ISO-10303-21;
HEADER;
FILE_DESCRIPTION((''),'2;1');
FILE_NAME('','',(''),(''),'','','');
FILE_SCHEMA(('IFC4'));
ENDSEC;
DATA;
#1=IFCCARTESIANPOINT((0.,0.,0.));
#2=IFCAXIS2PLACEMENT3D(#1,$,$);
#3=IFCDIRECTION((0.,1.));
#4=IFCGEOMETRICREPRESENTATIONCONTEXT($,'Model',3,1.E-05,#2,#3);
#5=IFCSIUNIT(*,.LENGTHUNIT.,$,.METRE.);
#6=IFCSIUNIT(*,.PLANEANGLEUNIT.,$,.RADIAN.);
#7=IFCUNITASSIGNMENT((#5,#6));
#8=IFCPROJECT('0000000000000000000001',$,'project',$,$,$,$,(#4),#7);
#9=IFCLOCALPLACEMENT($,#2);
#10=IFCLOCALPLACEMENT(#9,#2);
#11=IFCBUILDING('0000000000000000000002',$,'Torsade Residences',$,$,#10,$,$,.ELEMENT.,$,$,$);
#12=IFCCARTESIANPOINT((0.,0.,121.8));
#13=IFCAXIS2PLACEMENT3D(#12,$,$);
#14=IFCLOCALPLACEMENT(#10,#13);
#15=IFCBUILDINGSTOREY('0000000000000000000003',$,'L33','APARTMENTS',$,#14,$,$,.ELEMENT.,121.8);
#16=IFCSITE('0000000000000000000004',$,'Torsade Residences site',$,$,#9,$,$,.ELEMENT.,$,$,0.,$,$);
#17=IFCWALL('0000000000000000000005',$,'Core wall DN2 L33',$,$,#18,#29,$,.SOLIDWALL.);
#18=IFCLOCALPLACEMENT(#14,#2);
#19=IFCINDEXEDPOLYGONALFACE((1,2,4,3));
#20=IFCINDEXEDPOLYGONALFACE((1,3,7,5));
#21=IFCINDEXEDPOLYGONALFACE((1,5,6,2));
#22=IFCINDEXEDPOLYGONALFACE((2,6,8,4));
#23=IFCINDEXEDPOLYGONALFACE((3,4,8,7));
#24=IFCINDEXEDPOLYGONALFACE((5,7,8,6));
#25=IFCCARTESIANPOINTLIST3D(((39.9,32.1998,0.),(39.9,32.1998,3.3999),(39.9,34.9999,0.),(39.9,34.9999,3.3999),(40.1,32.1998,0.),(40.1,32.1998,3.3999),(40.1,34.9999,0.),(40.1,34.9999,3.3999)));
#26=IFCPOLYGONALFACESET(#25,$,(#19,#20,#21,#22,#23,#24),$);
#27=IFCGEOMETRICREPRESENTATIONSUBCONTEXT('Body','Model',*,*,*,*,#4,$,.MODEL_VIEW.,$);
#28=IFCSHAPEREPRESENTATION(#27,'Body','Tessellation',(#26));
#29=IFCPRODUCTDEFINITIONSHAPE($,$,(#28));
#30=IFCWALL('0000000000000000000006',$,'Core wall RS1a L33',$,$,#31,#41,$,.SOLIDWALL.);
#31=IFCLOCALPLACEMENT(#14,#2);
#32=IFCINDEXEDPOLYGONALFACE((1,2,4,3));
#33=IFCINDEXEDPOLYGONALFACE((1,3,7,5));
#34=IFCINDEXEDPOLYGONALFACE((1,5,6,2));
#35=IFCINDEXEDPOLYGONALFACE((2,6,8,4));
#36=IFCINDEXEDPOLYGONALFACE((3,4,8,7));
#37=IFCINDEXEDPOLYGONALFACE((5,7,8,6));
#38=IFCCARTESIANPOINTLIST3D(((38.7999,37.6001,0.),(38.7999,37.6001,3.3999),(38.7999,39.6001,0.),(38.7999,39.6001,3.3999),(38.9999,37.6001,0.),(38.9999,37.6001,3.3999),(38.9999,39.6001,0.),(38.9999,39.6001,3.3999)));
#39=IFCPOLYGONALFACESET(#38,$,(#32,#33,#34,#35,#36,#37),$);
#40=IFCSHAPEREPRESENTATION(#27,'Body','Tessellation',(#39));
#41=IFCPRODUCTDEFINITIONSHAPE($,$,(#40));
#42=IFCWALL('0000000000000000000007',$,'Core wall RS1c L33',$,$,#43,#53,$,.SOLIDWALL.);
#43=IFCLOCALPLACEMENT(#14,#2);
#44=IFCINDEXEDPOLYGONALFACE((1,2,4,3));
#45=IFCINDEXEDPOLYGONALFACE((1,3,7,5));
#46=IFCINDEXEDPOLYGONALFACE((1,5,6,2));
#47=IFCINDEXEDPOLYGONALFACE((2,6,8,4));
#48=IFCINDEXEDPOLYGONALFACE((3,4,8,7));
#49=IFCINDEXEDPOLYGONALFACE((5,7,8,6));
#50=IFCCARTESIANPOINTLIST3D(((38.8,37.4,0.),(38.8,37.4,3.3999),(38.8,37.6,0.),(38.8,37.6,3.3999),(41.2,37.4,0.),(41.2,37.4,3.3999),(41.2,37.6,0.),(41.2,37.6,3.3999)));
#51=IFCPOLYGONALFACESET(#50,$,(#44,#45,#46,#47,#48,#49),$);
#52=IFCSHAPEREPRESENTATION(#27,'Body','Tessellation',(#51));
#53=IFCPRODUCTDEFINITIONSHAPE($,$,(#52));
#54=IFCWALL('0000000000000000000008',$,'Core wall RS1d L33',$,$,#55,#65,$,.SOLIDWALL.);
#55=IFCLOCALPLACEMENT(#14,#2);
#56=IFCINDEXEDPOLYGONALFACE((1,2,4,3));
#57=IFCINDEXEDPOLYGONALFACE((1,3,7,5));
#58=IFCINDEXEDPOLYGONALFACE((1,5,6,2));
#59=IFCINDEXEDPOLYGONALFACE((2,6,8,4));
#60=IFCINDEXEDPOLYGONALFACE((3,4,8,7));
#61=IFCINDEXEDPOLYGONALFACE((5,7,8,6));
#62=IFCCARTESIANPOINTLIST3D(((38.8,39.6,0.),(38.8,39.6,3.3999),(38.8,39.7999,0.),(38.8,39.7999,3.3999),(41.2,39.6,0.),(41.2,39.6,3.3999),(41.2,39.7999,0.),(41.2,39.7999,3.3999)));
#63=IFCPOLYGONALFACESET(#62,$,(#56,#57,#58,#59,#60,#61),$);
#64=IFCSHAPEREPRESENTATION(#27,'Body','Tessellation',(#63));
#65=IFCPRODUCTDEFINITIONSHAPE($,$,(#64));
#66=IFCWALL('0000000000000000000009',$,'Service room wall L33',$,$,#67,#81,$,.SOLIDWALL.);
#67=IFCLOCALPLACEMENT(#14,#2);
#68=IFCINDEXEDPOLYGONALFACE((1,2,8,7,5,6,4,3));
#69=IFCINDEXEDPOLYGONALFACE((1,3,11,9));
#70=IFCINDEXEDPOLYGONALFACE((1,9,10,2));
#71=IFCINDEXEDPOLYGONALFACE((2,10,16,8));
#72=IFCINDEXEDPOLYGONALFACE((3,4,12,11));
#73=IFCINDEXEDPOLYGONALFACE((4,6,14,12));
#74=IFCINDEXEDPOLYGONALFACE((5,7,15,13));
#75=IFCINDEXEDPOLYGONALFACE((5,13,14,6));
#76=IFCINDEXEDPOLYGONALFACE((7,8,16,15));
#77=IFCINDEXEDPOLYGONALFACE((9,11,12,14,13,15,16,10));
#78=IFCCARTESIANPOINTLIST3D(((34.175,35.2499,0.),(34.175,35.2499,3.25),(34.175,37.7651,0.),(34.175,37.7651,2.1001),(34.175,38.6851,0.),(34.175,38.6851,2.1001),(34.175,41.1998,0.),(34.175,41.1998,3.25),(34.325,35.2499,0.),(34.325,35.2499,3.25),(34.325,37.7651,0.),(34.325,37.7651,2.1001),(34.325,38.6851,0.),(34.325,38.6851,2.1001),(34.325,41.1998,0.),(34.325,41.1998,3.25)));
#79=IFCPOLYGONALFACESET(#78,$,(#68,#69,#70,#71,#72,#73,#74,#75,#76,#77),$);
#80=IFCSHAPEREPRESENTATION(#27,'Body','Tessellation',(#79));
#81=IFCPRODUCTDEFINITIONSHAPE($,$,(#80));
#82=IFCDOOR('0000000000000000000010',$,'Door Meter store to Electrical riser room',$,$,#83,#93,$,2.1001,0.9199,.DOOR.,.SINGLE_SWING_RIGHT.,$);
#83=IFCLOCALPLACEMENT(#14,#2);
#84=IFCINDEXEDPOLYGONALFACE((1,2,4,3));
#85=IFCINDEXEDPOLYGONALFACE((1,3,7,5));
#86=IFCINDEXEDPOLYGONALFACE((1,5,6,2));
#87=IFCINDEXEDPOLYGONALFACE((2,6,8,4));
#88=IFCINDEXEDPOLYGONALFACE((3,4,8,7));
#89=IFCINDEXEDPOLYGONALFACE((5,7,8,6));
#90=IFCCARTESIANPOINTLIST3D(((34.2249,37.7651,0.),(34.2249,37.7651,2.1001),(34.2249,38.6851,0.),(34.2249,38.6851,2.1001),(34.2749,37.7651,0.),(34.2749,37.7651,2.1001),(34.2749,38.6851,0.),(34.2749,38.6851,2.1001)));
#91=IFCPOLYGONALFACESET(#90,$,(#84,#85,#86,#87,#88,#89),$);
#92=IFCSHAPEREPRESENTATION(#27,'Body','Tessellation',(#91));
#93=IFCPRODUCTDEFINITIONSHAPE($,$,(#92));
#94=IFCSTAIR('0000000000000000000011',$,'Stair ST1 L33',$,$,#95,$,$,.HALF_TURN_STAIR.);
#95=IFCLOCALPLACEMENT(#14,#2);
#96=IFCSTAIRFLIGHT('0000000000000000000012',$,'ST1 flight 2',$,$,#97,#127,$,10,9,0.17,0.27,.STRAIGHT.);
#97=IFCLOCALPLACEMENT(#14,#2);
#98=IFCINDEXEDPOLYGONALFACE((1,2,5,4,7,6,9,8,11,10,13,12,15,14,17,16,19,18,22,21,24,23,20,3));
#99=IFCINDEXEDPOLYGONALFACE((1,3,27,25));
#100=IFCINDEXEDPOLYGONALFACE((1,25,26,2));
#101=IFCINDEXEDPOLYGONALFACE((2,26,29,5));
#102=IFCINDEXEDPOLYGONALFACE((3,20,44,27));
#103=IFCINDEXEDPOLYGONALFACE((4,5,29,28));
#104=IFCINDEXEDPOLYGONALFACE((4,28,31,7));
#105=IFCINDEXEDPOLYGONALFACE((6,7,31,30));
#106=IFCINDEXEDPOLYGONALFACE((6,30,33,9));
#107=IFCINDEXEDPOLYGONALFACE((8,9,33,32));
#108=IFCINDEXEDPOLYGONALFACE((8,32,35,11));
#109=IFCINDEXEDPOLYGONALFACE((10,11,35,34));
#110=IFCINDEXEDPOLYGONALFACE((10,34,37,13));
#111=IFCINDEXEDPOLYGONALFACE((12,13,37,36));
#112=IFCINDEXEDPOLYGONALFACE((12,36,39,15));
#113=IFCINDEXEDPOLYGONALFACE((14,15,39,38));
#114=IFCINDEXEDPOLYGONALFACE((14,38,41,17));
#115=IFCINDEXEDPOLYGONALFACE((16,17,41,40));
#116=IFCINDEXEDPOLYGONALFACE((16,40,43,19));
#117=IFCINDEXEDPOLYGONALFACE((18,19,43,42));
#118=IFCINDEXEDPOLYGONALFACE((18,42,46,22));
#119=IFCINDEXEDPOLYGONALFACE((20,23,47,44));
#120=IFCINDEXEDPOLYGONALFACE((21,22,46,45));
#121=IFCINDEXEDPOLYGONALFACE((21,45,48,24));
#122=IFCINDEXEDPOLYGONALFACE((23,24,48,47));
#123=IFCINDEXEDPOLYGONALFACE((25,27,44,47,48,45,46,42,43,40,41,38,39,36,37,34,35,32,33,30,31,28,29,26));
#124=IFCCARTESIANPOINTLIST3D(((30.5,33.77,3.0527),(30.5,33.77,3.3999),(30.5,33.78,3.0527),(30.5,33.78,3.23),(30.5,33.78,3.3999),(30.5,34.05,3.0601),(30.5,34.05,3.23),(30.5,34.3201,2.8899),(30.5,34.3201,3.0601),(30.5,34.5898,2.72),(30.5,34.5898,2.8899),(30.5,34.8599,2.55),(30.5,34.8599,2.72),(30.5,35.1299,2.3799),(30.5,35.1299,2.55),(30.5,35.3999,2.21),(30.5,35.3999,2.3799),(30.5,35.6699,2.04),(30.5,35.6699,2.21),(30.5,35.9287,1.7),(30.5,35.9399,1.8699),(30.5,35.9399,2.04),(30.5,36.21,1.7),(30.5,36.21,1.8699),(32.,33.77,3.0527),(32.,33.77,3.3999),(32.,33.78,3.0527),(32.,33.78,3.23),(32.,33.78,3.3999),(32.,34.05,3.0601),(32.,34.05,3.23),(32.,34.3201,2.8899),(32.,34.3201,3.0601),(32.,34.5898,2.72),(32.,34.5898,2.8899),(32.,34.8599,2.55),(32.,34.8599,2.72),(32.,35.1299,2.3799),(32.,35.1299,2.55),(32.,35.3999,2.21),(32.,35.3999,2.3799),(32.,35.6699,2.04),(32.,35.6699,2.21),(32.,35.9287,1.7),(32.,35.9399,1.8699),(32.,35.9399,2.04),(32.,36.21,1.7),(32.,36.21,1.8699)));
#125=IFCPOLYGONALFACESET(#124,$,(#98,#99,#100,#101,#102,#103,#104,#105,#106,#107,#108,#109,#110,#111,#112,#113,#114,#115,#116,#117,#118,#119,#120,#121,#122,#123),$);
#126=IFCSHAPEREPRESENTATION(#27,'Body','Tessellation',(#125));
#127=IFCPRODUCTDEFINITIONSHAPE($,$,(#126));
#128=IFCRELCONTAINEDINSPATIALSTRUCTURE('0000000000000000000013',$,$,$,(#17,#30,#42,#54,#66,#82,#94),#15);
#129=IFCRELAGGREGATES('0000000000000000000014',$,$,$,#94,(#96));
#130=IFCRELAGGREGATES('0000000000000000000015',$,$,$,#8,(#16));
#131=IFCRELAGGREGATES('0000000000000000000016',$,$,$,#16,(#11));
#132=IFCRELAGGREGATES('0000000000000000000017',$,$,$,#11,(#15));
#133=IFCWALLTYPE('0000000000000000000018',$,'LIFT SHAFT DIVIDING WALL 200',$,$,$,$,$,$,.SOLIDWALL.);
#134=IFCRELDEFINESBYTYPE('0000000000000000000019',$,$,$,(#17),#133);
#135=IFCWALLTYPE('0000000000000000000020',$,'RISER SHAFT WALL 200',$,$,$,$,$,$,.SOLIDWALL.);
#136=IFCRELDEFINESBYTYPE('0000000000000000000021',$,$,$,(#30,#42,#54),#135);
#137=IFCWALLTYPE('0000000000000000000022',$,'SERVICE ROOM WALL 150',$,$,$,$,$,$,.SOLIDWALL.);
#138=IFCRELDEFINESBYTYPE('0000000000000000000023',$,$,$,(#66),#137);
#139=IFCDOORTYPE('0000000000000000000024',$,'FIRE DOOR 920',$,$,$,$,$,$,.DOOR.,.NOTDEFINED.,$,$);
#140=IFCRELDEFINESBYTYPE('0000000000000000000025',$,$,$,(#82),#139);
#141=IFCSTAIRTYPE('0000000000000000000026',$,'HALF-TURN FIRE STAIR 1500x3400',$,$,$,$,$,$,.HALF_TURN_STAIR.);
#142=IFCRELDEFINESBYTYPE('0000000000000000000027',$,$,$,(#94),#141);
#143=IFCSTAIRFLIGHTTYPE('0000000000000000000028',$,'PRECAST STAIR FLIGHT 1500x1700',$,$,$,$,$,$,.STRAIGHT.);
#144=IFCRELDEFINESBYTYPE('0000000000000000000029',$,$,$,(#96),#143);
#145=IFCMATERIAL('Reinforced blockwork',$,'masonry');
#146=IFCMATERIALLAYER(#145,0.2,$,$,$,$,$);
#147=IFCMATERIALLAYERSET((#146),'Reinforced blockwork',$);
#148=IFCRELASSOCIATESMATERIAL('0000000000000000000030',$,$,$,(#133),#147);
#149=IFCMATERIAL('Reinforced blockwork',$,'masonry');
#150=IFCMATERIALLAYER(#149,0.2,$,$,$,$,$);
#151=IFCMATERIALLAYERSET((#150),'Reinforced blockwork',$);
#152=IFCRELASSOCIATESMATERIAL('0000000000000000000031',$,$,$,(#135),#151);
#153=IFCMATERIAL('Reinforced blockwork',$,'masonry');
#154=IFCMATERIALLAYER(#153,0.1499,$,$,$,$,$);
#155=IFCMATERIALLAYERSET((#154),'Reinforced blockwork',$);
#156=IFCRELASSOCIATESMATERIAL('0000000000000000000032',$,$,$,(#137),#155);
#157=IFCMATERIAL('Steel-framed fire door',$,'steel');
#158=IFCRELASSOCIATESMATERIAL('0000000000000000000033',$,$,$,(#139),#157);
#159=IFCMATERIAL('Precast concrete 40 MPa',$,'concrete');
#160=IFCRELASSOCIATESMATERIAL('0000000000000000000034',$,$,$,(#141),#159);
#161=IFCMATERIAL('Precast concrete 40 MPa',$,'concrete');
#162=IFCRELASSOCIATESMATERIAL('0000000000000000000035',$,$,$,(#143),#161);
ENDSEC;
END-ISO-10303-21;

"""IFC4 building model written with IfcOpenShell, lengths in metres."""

from ifc_helpers import new_model, si_unit, direction, frame, frame_2d, origin, place, context, subcontext, project, spatial, polyline, rectangle, outline, extrude, material, layer, layer_set, type_object, element, fill, aggregate, save


model = new_model("IFC4")

# Units and contexts
model_context = context("Model", 3, precision=1e-05, world=origin(), true_north=direction((0.0, 1.0)))
body_context = subcontext(model_context, "Body", "Model", "MODEL_VIEW")
ifc_project = project(units=[si_unit("LENGTHUNIT", "METRE"), si_unit("PLANEANGLEUNIT", "RADIAN")], contexts=[model_context])

# Site, building, storey
site_placement = place(None, origin())
site = spatial("IfcSite", under=ifc_project, at=site_placement, Name="Torsade Residences site", CompositionType="ELEMENT", RefElevation=0.0)
building_placement = place(site_placement, origin())
building = spatial("IfcBuilding", under=site, at=building_placement, Name="Torsade Residences", CompositionType="ELEMENT")
storey_placement = place(building_placement, frame((0.0, 0.0, 121.8)))
storey = spatial("IfcBuildingStorey", under=building, at=storey_placement, Name="L33", Description="APARTMENTS", CompositionType="ELEMENT", Elevation=121.8)

# Walls
ifc_material_1 = material(Name="Reinforced blockwork", Category="masonry")
ifc_layer_1 = layer(ifc_material_1, 0.2)
ifc_layer_set_1 = layer_set([ifc_layer_1], Name="Reinforced blockwork")
wall_type_1 = type_object("IfcWallType", Name="LIFT SHAFT DIVIDING WALL 200", PredefinedType="SOLIDWALL", material=ifc_layer_set_1)
for number, where, z_axis, x_axis, name in (
    (1, (40.0, 32.2, 0.0), (0.0, 0.0, 1.0), (0.0, 1.0, 0.0), "Core wall DN2 L33"),
):
    element("IfcWall", number, at=place(storey_placement, frame(where, z_axis=z_axis, x_axis=x_axis)), inside=storey, type_object=wall_type_1, Name=name, PredefinedType="SOLIDWALL", context=body_context, shape_type="SweptSolid", body=[
        extrude(rectangle(XDim=2.8, YDim=0.2, at=frame_2d((1.3999, 0.0))), origin(), (0.0, 0.0, 1.0), 3.3999),
    ])
ifc_material_2 = material(Name="Reinforced blockwork", Category="masonry")
ifc_layer_2 = layer(ifc_material_2, 0.2)
ifc_layer_set_2 = layer_set([ifc_layer_2], Name="Reinforced blockwork")
wall_type_2 = type_object("IfcWallType", Name="RISER SHAFT WALL 200", PredefinedType="SOLIDWALL", material=ifc_layer_set_2)
wall_1_placement = place(storey_placement, frame((38.8999, 37.6001, 0.0), z_axis=(0.0, 0.0, 1.0), x_axis=(0.0, 1.0, 0.0)))
element("IfcWall", 2, at=wall_1_placement, inside=storey, type_object=wall_type_2, Name="Core wall RS1a L33", PredefinedType="SOLIDWALL", context=body_context, shape_type="SweptSolid", body=[
    extrude(rectangle(XDim=2.0, YDim=0.2, at=frame_2d((1.0, 0.0))), origin(), (0.0, 0.0, 1.0), 3.3999),
])
for number, where, z_axis, x_axis, name in (
    (3, (38.8, 37.5, 0.0), (0.0, 0.0, 1.0), (1.0, 0.0, 0.0), "Core wall RS1c L33"),
    (4, (38.8, 39.7, 0.0), (0.0, 0.0, 1.0), (1.0, 0.0, 0.0), "Core wall RS1d L33"),
):
    element("IfcWall", number, at=place(storey_placement, frame(where, z_axis=z_axis, x_axis=x_axis)), inside=storey, type_object=wall_type_2, Name=name, PredefinedType="SOLIDWALL", context=body_context, shape_type="SweptSolid", body=[
        extrude(rectangle(XDim=2.3999, YDim=0.2, at=frame_2d((1.2, 0.0))), origin(), (0.0, 0.0, 1.0), 3.3999),
    ])

# Wall, opening, door
ifc_material_3 = material(Name="Reinforced blockwork", Category="masonry")
ifc_layer_3 = layer(ifc_material_3, 0.1499)
ifc_layer_set_3 = layer_set([ifc_layer_3], Name="Reinforced blockwork")
wall_type_3 = type_object("IfcWallType", Name="SERVICE ROOM WALL 150", PredefinedType="SOLIDWALL", material=ifc_layer_set_3)
wall_2_placement = place(storey_placement, frame((34.25, 41.2, 0.0), z_axis=(0.0, 0.0, 1.0), x_axis=(0.0, -1.0, 0.0)))
wall_2 = element("IfcWall", 5, at=wall_2_placement, inside=storey, type_object=wall_type_3, Name="Service room wall L33", PredefinedType="SOLIDWALL", context=body_context, shape_type="SweptSolid", body=[
    extrude(rectangle(XDim=5.95, YDim=0.1499, at=frame_2d((2.9751, 0.0))), origin(), (0.0, 0.0, 1.0), 3.25),
])
opening_placement = place(wall_2_placement, frame((2.5149, 0.0, 0.0)))
opening = element("IfcOpeningElement", 6, at=opening_placement, cuts=wall_2, PredefinedType="OPENING", context=body_context, shape_type="SweptSolid", body=[
    extrude(rectangle(XDim=0.9199, YDim=2.1001, at=frame_2d((0.46, 1.05))), frame((0.0, 0.085, 0.0), z_axis=(0.0, -1.0, 0.0), x_axis=(1.0, 0.0, 0.0)), (0.0, 0.0, 1.0), 0.1699),
])
ifc_material_4 = material(Name="Steel-framed fire door", Category="steel")
door_type = type_object("IfcDoorType", Name="FIRE DOOR 920", OperationType="NOTDEFINED", PredefinedType="DOOR", material=ifc_material_4)
door_placement = place(opening_placement, origin())
door = element("IfcDoor", 7, at=door_placement, inside=storey, type_object=door_type, Name="Door Meter store to Electrical riser room", OperationType="SINGLE_SWING_RIGHT", OverallHeight=2.1001, OverallWidth=0.9199, PredefinedType="DOOR", context=body_context, shape_type="SweptSolid", body=[
    extrude(rectangle(XDim=0.9199, YDim=2.1001, at=frame_2d((0.46, 1.05))), frame((0.0, 0.0249, 0.0), z_axis=(0.0, -1.0, 0.0), x_axis=(1.0, 0.0, 0.0)), (0.0, 0.0, 1.0), 0.05),
])
fill(opening, door)

# Stair, stair flight
ifc_material_5 = material(Name="Precast concrete 40 MPa", Category="concrete")
stair_type = type_object("IfcStairType", Name="HALF-TURN FIRE STAIR 1500x3400", PredefinedType="HALF_TURN_STAIR", material=ifc_material_5)
stair_placement = place(storey_placement, origin())
stair = element("IfcStair", 8, at=stair_placement, inside=storey, type_object=stair_type, Name="Stair ST1 L33", PredefinedType="HALF_TURN_STAIR")
ifc_material_6 = material(Name="Precast concrete 40 MPa", Category="concrete")
stair_flight_type = type_object("IfcStairFlightType", Name="PRECAST STAIR FLIGHT 1500x1700", PredefinedType="STRAIGHT", material=ifc_material_6)
stair_flight_placement = place(storey_placement, frame((31.25, 36.21, 1.7), z_axis=(0.0, 0.0, 1.0), x_axis=(0.0, -1.0, 0.0)))
stair_flight = element("IfcStairFlight", 9, at=stair_flight_placement, type_object=stair_flight_type, Name="ST1 flight 2", NumberOfRisers=10, NumberOfTreads=9, PredefinedType="STRAIGHT", RiserHeight=0.17, TreadLength=0.27, context=body_context, shape_type="SweptSolid", body=[
    extrude(outline(polyline([(0.0, 0.0), (0.0, 0.1699), (0.27, 0.1699), (0.27, 0.3401), (0.54, 0.3401), (0.54, 0.51), (0.8101, 0.51), (0.8101, 0.6799), (1.0801, 0.6799), (1.0801, 0.8501), (1.3501, 0.8501), (1.3501, 1.02), (1.6201, 1.02), (1.6201, 1.1899), (1.8899, 1.1899), (1.8899, 1.3601), (2.1599, 1.3601), (2.1599, 1.53), (2.4299, 1.53), (2.4299, 1.7), (2.4399, 1.7), (2.4399, 1.3528), (2.4299, 1.3528), (0.2812, 0.0), (0.0, 0.0)])), frame((0.0, 0.75, 0.0), z_axis=(0.0, -1.0, 0.0), x_axis=(1.0, 0.0, 0.0)), (0.0, 0.0, 1.0), 1.5),
])
aggregate(stair, [stair_flight])

save(model, "model.ifc")
